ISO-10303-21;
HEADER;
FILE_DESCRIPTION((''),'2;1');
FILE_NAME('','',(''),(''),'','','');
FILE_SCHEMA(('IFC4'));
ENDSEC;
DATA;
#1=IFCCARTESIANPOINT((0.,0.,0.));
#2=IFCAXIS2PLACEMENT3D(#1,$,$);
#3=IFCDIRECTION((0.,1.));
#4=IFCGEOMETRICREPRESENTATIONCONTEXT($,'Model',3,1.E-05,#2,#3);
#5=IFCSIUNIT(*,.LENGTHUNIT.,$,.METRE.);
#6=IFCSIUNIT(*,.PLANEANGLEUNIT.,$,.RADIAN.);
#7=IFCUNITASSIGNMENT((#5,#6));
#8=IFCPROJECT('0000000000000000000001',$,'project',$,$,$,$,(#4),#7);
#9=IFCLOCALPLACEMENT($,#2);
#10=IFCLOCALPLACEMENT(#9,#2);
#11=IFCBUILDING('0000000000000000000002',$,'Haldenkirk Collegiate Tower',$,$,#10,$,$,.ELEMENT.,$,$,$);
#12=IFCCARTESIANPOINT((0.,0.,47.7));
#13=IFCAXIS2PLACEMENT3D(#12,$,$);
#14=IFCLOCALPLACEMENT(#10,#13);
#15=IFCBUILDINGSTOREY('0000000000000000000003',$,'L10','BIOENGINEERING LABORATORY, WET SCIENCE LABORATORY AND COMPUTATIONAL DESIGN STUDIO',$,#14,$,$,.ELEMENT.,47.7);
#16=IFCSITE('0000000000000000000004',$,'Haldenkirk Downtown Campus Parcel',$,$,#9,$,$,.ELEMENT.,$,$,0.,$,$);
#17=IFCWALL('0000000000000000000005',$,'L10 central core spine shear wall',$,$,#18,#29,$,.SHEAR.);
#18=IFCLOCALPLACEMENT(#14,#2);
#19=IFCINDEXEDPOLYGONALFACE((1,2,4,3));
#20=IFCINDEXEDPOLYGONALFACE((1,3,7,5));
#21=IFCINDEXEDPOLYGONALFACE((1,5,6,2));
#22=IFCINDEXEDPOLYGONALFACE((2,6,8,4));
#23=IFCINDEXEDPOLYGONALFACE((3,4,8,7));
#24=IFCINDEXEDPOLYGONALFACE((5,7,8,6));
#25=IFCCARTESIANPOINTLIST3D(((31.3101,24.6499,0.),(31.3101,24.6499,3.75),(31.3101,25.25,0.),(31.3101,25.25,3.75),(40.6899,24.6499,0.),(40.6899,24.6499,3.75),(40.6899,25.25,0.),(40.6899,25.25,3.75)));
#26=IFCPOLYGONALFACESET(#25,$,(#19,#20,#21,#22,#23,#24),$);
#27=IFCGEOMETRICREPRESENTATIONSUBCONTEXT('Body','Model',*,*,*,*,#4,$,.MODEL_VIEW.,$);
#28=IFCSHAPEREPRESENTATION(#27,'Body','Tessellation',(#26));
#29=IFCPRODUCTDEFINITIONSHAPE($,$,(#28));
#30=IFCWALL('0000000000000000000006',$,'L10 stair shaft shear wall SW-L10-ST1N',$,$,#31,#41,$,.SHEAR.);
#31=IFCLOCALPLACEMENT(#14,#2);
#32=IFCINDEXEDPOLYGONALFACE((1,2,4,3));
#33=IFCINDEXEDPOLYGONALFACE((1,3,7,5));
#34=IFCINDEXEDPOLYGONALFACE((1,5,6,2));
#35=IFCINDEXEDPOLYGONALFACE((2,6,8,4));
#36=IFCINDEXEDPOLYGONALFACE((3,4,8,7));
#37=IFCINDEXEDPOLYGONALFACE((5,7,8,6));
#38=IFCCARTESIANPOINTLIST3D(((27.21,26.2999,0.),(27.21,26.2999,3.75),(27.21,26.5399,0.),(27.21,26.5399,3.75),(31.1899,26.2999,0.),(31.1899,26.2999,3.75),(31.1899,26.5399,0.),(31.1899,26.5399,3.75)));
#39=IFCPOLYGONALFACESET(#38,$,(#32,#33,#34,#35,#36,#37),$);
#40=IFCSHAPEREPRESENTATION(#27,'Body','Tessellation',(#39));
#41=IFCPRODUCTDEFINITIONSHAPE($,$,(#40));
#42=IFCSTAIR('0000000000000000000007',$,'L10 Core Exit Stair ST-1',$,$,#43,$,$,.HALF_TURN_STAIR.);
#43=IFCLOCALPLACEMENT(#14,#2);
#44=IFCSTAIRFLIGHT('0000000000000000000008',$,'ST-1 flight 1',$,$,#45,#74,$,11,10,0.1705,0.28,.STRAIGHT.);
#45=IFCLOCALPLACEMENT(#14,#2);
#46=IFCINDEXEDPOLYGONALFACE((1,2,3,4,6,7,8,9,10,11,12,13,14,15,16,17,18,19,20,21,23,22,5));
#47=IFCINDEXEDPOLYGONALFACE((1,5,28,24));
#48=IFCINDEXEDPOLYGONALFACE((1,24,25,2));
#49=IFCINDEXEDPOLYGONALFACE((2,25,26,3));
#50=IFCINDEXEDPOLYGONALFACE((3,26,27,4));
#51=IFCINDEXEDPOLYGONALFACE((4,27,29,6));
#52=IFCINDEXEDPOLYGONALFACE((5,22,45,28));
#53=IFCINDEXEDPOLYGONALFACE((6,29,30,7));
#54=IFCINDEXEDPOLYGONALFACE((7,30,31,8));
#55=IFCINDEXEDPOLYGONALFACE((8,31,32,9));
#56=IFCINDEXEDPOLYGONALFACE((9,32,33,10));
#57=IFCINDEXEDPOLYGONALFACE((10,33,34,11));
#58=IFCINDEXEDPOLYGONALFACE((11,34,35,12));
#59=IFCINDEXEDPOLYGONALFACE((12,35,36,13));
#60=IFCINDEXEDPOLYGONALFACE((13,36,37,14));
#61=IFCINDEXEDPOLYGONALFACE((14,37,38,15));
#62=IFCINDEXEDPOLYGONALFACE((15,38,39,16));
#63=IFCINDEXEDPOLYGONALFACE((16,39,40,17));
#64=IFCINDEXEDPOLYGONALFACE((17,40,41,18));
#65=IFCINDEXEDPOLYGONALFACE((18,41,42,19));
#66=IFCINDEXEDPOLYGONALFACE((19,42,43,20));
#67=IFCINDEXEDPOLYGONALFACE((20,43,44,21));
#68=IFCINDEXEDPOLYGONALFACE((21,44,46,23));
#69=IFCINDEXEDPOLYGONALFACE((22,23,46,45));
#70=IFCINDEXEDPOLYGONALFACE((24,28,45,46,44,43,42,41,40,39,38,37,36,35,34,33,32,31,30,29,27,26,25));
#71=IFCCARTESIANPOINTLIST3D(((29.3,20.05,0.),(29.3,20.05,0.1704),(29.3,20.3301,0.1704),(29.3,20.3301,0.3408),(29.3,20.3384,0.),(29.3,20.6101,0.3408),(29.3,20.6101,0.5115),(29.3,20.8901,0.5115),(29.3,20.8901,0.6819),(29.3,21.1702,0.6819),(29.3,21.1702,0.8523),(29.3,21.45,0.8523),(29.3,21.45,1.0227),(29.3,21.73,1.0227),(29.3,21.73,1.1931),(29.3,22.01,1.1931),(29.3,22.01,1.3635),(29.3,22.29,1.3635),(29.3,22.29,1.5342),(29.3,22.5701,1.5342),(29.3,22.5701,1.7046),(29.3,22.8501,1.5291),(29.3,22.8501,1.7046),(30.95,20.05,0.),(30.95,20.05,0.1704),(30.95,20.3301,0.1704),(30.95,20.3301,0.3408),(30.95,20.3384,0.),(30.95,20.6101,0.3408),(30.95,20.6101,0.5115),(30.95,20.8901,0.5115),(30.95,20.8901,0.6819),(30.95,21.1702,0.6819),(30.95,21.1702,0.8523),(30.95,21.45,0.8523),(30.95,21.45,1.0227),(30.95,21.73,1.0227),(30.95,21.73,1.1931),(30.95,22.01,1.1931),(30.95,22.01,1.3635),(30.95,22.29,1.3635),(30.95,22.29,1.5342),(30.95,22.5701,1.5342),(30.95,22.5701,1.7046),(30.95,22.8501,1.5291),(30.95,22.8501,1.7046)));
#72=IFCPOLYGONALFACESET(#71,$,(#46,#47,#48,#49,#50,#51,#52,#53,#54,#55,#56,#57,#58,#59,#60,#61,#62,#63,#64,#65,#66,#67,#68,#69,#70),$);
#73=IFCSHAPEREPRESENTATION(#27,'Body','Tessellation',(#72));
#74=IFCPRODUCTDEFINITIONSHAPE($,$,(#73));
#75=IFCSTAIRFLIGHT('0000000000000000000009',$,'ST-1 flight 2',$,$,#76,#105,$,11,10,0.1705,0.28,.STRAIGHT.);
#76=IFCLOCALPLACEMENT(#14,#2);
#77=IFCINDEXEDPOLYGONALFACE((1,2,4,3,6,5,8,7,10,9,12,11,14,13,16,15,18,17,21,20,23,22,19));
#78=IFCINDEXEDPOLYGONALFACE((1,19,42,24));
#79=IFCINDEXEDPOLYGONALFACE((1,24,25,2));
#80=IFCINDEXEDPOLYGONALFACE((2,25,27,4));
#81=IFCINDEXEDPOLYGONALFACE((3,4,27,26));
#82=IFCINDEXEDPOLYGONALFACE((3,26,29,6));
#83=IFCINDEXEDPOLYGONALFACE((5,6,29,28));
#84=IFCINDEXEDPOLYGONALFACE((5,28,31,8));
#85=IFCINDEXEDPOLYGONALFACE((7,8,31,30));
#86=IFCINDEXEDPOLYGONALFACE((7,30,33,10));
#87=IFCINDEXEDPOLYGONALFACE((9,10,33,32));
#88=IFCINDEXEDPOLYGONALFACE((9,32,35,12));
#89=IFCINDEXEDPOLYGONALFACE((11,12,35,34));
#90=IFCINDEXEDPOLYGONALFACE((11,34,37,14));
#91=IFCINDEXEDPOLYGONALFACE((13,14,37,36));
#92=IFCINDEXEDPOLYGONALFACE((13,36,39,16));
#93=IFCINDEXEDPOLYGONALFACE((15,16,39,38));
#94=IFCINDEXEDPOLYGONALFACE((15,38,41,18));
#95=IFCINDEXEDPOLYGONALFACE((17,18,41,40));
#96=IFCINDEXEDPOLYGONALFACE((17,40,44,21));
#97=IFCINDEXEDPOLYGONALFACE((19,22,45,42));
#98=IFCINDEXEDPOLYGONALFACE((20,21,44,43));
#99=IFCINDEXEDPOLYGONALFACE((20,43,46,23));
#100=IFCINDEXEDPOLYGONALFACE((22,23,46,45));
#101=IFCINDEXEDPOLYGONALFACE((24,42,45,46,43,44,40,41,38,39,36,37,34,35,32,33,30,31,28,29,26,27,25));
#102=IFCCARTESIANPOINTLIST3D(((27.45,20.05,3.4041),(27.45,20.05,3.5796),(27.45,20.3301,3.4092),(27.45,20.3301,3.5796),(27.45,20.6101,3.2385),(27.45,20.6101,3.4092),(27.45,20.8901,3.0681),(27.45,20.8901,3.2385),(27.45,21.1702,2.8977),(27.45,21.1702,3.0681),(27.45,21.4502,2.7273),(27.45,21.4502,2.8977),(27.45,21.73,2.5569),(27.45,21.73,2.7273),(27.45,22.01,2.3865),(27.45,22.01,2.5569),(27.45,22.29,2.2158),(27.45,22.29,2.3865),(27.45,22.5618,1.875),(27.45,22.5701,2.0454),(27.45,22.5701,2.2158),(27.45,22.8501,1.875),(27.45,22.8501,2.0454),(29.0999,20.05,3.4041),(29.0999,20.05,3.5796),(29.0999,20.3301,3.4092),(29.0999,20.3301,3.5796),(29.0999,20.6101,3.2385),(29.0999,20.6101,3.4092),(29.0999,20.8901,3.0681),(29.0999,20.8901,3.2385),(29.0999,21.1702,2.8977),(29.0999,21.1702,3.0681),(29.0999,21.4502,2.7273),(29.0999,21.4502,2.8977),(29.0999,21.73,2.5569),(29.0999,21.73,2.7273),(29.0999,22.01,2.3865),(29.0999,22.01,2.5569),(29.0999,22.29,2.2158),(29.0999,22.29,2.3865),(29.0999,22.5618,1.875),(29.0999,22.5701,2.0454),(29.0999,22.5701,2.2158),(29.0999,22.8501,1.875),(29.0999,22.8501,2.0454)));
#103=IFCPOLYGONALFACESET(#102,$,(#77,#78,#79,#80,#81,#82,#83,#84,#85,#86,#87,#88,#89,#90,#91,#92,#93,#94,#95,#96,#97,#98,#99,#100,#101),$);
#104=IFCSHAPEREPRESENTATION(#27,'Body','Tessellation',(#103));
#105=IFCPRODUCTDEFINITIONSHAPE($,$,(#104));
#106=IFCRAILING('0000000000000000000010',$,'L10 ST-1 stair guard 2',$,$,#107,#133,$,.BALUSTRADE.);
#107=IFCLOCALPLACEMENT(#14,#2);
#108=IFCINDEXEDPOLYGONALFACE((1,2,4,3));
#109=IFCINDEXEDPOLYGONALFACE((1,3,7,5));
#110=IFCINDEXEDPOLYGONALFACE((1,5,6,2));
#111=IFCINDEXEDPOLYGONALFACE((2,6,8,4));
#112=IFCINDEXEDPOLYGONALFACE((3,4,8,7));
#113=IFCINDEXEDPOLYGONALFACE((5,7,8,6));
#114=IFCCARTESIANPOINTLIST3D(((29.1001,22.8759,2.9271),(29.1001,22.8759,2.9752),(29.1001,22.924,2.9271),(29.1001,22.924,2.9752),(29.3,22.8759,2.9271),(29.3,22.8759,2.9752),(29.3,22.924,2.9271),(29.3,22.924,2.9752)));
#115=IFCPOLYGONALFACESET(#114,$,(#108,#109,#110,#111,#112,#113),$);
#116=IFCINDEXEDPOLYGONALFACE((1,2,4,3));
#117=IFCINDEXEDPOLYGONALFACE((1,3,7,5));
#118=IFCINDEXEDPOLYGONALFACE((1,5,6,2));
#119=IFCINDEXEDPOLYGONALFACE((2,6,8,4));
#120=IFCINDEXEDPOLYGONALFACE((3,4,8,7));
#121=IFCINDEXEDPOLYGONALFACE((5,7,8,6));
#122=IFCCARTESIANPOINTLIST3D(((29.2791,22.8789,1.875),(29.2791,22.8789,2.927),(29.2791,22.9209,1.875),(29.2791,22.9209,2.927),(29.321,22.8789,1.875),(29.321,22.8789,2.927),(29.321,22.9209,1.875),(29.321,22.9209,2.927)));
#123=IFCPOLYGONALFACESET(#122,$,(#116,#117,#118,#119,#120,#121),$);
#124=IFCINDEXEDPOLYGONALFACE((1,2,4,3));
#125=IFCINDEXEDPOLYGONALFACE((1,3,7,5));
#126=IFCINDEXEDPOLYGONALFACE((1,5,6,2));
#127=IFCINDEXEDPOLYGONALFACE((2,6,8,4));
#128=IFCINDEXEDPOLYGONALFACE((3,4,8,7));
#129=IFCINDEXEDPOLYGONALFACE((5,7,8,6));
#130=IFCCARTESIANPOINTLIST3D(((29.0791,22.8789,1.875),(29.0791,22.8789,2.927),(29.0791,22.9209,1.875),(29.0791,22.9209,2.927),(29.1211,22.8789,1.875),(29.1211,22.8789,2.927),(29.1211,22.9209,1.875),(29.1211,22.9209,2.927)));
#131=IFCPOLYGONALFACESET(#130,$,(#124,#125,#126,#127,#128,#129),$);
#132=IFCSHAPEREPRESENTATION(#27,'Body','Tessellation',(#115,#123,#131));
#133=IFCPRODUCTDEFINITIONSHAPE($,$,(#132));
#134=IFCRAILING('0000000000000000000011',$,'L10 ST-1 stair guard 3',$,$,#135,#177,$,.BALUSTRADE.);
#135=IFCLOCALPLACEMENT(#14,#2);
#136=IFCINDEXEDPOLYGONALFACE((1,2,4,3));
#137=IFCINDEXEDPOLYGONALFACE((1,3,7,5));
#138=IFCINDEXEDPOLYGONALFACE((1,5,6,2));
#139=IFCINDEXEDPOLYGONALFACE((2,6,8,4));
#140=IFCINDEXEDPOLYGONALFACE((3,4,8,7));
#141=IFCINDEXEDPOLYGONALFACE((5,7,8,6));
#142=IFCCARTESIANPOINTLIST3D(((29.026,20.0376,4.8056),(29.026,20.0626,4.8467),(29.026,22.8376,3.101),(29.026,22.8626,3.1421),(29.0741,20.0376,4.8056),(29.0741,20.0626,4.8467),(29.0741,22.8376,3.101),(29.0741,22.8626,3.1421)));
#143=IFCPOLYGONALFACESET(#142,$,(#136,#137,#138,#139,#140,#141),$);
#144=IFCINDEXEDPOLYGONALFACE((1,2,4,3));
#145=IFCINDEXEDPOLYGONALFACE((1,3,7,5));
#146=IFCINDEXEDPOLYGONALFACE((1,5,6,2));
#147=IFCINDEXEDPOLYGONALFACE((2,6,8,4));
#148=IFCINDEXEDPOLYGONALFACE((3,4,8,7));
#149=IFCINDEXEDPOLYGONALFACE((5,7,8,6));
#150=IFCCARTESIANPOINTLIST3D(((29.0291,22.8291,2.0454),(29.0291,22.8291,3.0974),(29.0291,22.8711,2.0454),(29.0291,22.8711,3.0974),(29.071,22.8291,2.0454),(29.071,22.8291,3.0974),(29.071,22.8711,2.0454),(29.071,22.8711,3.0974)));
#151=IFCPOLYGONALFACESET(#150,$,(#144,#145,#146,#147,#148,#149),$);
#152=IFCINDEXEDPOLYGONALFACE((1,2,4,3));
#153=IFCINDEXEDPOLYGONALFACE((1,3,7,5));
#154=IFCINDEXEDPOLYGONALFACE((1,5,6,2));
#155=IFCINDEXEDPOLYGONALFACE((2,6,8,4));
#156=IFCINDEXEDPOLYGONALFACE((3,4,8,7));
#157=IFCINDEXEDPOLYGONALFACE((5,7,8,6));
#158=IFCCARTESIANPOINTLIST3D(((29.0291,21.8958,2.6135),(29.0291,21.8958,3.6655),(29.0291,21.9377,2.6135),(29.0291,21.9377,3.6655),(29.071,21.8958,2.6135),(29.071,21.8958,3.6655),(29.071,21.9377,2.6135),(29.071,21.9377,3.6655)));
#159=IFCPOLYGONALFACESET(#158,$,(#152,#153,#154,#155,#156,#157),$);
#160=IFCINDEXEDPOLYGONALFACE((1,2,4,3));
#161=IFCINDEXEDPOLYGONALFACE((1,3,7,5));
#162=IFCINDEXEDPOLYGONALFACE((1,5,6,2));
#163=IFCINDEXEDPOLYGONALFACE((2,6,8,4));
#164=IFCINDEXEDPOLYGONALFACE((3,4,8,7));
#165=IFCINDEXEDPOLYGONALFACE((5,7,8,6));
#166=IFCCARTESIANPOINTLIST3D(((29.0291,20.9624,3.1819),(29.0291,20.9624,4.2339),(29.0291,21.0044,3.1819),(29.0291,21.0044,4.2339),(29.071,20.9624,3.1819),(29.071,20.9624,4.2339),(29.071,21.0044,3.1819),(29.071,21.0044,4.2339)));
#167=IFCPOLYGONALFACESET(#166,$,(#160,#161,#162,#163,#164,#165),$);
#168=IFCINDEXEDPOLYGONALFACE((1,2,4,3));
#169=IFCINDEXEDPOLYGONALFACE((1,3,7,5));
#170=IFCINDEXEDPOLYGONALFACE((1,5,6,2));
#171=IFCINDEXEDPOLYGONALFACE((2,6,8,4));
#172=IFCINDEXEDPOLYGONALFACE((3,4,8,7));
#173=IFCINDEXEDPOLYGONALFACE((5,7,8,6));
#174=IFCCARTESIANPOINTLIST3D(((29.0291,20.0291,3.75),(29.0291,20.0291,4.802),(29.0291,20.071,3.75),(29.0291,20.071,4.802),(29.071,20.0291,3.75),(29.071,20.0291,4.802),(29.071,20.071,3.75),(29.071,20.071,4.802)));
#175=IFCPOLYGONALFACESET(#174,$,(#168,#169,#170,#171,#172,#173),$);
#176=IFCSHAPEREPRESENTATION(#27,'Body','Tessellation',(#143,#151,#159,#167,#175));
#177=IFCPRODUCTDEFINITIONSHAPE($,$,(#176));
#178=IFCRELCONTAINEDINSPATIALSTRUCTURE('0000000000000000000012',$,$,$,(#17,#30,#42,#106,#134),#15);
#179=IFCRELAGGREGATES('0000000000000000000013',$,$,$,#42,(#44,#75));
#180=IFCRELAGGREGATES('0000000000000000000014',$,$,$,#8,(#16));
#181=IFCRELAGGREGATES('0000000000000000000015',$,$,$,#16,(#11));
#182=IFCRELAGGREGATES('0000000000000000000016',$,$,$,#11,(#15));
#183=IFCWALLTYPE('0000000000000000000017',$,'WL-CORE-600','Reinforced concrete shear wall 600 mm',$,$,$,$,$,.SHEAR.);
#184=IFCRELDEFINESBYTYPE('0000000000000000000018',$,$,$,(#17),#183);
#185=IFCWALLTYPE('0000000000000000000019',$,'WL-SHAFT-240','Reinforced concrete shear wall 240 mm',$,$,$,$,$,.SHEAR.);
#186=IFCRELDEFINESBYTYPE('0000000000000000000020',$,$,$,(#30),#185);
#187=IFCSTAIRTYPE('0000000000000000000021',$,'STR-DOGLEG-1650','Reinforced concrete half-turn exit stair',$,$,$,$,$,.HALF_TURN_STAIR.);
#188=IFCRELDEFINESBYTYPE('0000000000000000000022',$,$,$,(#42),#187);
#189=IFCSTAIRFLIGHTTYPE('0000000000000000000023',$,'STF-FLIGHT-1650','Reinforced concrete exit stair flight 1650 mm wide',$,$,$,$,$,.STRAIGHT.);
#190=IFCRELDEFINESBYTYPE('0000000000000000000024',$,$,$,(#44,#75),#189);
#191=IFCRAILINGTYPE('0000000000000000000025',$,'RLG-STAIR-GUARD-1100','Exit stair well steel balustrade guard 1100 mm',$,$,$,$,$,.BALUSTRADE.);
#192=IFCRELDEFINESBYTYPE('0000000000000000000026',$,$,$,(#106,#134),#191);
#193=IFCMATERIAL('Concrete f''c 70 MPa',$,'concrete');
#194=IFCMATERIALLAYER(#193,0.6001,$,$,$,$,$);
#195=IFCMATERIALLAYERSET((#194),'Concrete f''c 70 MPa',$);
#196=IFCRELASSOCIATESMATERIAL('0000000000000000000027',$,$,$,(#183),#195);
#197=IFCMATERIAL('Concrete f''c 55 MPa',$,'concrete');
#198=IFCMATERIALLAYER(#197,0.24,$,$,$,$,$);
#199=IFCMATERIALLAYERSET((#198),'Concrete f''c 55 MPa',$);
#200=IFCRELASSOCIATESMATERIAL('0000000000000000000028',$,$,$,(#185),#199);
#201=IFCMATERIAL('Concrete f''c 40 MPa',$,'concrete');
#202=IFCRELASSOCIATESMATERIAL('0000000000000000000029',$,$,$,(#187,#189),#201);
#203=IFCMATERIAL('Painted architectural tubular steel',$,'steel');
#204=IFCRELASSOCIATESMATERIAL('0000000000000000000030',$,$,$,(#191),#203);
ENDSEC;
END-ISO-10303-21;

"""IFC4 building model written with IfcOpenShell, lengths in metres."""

from ifc_helpers import new_model, si_unit, direction, frame, frame_2d, origin, origin_2d, place, context, subcontext, project, spatial, polyline, rectangle, outline, extrude, material, layer, layer_set, type_object, element, aggregate, save


model = new_model("IFC4")

# Units and contexts
model_context = context("Model", 3, precision=1e-05, world=origin(), true_north=direction((0.0, 1.0)))
body_context = subcontext(model_context, "Body", "Model", "MODEL_VIEW")
ifc_project = project(units=[si_unit("LENGTHUNIT", "METRE"), si_unit("PLANEANGLEUNIT", "RADIAN")], contexts=[model_context])

# Site, building, storey
site_placement = place(None, origin())
site = spatial("IfcSite", under=ifc_project, at=site_placement, Name="Haldenkirk Downtown Campus Parcel", CompositionType="ELEMENT", RefElevation=0.0)
building_placement = place(site_placement, origin())
building = spatial("IfcBuilding", under=site, at=building_placement, Name="Haldenkirk Collegiate Tower", CompositionType="ELEMENT")
storey_placement = place(building_placement, frame((0.0, 0.0, 47.7)))
storey = spatial("IfcBuildingStorey", under=building, at=storey_placement, Name="L10", Description="BIOENGINEERING LABORATORY, WET SCIENCE LABORATORY AND COMPUTATIONAL DESIGN STUDIO", CompositionType="ELEMENT", Elevation=47.7)

# Wall
ifc_material_1 = material(Name="Concrete f'c 70 MPa", Category="concrete")
ifc_layer_1 = layer(ifc_material_1, 0.6001)
ifc_layer_set_1 = layer_set([ifc_layer_1], Name="Concrete f'c 70 MPa")
wall_type_1 = type_object("IfcWallType", Name="WL-CORE-600", Description="Reinforced concrete shear wall 600 mm", PredefinedType="SHEAR", material=ifc_layer_set_1)
wall_1_placement = place(storey_placement, frame((31.3101, 24.95, 0.0), z_axis=(0.0, 0.0, 1.0), x_axis=(1.0, 0.0, 0.0)))
element("IfcWall", 1, at=wall_1_placement, inside=storey, type_object=wall_type_1, Name="L10 central core spine shear wall", PredefinedType="SHEAR", context=body_context, shape_type="SweptSolid", body=[
    extrude(rectangle(XDim=9.3799, YDim=0.6001, at=frame_2d((4.6899, 0.0))), origin(), (0.0, 0.0, 1.0), 3.75),
])

# Wall
ifc_material_2 = material(Name="Concrete f'c 55 MPa", Category="concrete")
ifc_layer_2 = layer(ifc_material_2, 0.24)
ifc_layer_set_2 = layer_set([ifc_layer_2], Name="Concrete f'c 55 MPa")
wall_type_2 = type_object("IfcWallType", Name="WL-SHAFT-240", Description="Reinforced concrete shear wall 240 mm", PredefinedType="SHEAR", material=ifc_layer_set_2)
wall_2_placement = place(storey_placement, frame((27.21, 26.4199, 0.0), z_axis=(0.0, 0.0, 1.0), x_axis=(1.0, 0.0, 0.0)))
element("IfcWall", 2, at=wall_2_placement, inside=storey, type_object=wall_type_2, Name="L10 stair shaft shear wall SW-L10-ST1N", PredefinedType="SHEAR", context=body_context, shape_type="SweptSolid", body=[
    extrude(rectangle(XDim=3.98, YDim=0.24, at=frame_2d((1.99, 0.0))), origin(), (0.0, 0.0, 1.0), 3.75),
])

# Stair, stair flights
ifc_material_3 = material(Name="Concrete f'c 40 MPa", Category="concrete")
stair_type = type_object("IfcStairType", Name="STR-DOGLEG-1650", Description="Reinforced concrete half-turn exit stair", PredefinedType="HALF_TURN_STAIR", material=ifc_material_3)
stair_placement = place(storey_placement, origin())
stair = element("IfcStair", 3, at=stair_placement, inside=storey, type_object=stair_type, Name="L10 Core Exit Stair ST-1", PredefinedType="HALF_TURN_STAIR")
stair_flight_type = type_object("IfcStairFlightType", Name="STF-FLIGHT-1650", Description="Reinforced concrete exit stair flight 1650 mm wide", PredefinedType="STRAIGHT", material=ifc_material_3)
stair_flight_1_placement = place(storey_placement, frame((30.125, 20.05, 0.0), z_axis=(0.0, 0.0, 1.0), x_axis=(0.0, 1.0, 0.0)))
stair_flight_1 = element("IfcStairFlight", 4, at=stair_flight_1_placement, type_object=stair_flight_type, Name="ST-1 flight 1", NumberOfRisers=11, NumberOfTreads=10, PredefinedType="STRAIGHT", RiserHeight=0.1705, TreadLength=0.28, context=body_context, shape_type="SweptSolid", body=[
    extrude(outline(polyline([(0.0, 0.0), (0.0, 0.1704), (0.28, 0.1704), (0.28, 0.3408), (0.5601, 0.3408), (0.5601, 0.5115), (0.8401, 0.5115), (0.8401, 0.6819), (1.1201, 0.6819), (1.1201, 0.8523), (1.3999, 0.8523), (1.3999, 1.0227), (1.6799, 1.0227), (1.6799, 1.1931), (1.96, 1.1931), (1.96, 1.3635), (2.24, 1.3635), (2.24, 1.5342), (2.52, 1.5342), (2.52, 1.7046), (2.8, 1.7046), (2.8, 1.875), (2.8, 1.5291), (0.2883, 0.0), (0.0, 0.0)])), frame((0.0, 0.825, 0.0), z_axis=(0.0, -1.0, 0.0), x_axis=(1.0, 0.0, 0.0)), (0.0, 0.0, 1.0), 1.6499),
])
stair_flight_2_placement = place(storey_placement, frame((28.2749, 22.8501, 1.875), z_axis=(0.0, 0.0, 1.0), x_axis=(0.0, -1.0, 0.0)))
stair_flight_2 = element("IfcStairFlight", 5, at=stair_flight_2_placement, type_object=stair_flight_type, Name="ST-1 flight 2", NumberOfRisers=11, NumberOfTreads=10, PredefinedType="STRAIGHT", RiserHeight=0.1705, TreadLength=0.28, context=body_context, shape_type="SweptSolid", body=[
    extrude(outline(polyline([(0.0, 0.0), (0.0, 0.1704), (0.28, 0.1704), (0.28, 0.3408), (0.5601, 0.3408), (0.5601, 0.5115), (0.8401, 0.5115), (0.8401, 0.6819), (1.1201, 0.6819), (1.1201, 0.8523), (1.3999, 0.8523), (1.3999, 1.0227), (1.6799, 1.0227), (1.6799, 1.1931), (1.96, 1.1931), (1.96, 1.3635), (2.24, 1.3635), (2.24, 1.5342), (2.52, 1.5342), (2.52, 1.7046), (2.8, 1.7046), (2.8, 1.875), (2.8, 1.5291), (0.2883, 0.0), (0.0, 0.0)])), frame((0.0, 0.825, 0.0), z_axis=(0.0, -1.0, 0.0), x_axis=(1.0, 0.0, 0.0)), (0.0, 0.0, 1.0), 1.6499),
])
aggregate(stair, [stair_flight_1, stair_flight_2])

# Railings
ifc_material_4 = material(Name="Painted architectural tubular steel", Category="steel")
railing_type_1 = type_object("IfcRailingType", Name="RLG-STAIR-GUARD-1100", Description="Exit stair well steel balustrade guard 1100 mm", PredefinedType="BALUSTRADE", material=ifc_material_4)
railing_1_placement = place(storey_placement, frame((29.3, 22.8999, 1.875)))
element("IfcRailing", 6, at=railing_1_placement, inside=storey, type_object=railing_type_1, Name="L10 ST-1 stair guard 2", PredefinedType="BALUSTRADE", context=body_context, shape_type="SweptSolid", body=[
    extrude(rectangle(XDim=0.0481, YDim=0.0481, at=origin_2d()), frame((0.0, 0.0, 1.0762), z_axis=(-1.0, 0.0, 0.0), x_axis=(0.0, -1.0, 0.0)), (0.0, 0.0, 1.0), 0.2),
    extrude(rectangle(XDim=0.042, YDim=0.042, at=origin_2d()), origin(), (0.0, 0.0, 1.0), 1.052),
    extrude(rectangle(XDim=0.042, YDim=0.042, at=origin_2d()), frame((-0.2, 0.0, 0.0)), (0.0, 0.0, 1.0), 1.052),
])
railing_2_placement = place(storey_placement, frame((29.05, 22.8501, 2.0454)))
element("IfcRailing", 7, at=railing_2_placement, inside=storey, type_object=railing_type_1, Name="L10 ST-1 stair guard 3", PredefinedType="BALUSTRADE", context=body_context, shape_type="SweptSolid", body=[
    extrude(rectangle(XDim=0.0481, YDim=0.0481, at=origin_2d()), frame((0.0, 0.0, 1.0762), z_axis=(0.0, -0.85417, 0.519994), x_axis=(1.0, 0.0, 0.0)), (0.0, 0.0, 1.0), 3.2781),
    extrude(rectangle(XDim=0.042, YDim=0.042, at=origin_2d()), origin(), (0.0, 0.0, 1.0), 1.052),
    extrude(rectangle(XDim=0.042, YDim=0.042, at=origin_2d()), frame((0.0, -0.9333, 0.5681)), (0.0, 0.0, 1.0), 1.052),
    extrude(rectangle(XDim=0.042, YDim=0.042, at=origin_2d()), frame((0.0, -1.8667, 1.1365)), (0.0, 0.0, 1.0), 1.052),
    extrude(rectangle(XDim=0.042, YDim=0.042, at=origin_2d()), frame((0.0, -2.8, 1.7046)), (0.0, 0.0, 1.0), 1.052),
])

save(model, "model.ifc")
